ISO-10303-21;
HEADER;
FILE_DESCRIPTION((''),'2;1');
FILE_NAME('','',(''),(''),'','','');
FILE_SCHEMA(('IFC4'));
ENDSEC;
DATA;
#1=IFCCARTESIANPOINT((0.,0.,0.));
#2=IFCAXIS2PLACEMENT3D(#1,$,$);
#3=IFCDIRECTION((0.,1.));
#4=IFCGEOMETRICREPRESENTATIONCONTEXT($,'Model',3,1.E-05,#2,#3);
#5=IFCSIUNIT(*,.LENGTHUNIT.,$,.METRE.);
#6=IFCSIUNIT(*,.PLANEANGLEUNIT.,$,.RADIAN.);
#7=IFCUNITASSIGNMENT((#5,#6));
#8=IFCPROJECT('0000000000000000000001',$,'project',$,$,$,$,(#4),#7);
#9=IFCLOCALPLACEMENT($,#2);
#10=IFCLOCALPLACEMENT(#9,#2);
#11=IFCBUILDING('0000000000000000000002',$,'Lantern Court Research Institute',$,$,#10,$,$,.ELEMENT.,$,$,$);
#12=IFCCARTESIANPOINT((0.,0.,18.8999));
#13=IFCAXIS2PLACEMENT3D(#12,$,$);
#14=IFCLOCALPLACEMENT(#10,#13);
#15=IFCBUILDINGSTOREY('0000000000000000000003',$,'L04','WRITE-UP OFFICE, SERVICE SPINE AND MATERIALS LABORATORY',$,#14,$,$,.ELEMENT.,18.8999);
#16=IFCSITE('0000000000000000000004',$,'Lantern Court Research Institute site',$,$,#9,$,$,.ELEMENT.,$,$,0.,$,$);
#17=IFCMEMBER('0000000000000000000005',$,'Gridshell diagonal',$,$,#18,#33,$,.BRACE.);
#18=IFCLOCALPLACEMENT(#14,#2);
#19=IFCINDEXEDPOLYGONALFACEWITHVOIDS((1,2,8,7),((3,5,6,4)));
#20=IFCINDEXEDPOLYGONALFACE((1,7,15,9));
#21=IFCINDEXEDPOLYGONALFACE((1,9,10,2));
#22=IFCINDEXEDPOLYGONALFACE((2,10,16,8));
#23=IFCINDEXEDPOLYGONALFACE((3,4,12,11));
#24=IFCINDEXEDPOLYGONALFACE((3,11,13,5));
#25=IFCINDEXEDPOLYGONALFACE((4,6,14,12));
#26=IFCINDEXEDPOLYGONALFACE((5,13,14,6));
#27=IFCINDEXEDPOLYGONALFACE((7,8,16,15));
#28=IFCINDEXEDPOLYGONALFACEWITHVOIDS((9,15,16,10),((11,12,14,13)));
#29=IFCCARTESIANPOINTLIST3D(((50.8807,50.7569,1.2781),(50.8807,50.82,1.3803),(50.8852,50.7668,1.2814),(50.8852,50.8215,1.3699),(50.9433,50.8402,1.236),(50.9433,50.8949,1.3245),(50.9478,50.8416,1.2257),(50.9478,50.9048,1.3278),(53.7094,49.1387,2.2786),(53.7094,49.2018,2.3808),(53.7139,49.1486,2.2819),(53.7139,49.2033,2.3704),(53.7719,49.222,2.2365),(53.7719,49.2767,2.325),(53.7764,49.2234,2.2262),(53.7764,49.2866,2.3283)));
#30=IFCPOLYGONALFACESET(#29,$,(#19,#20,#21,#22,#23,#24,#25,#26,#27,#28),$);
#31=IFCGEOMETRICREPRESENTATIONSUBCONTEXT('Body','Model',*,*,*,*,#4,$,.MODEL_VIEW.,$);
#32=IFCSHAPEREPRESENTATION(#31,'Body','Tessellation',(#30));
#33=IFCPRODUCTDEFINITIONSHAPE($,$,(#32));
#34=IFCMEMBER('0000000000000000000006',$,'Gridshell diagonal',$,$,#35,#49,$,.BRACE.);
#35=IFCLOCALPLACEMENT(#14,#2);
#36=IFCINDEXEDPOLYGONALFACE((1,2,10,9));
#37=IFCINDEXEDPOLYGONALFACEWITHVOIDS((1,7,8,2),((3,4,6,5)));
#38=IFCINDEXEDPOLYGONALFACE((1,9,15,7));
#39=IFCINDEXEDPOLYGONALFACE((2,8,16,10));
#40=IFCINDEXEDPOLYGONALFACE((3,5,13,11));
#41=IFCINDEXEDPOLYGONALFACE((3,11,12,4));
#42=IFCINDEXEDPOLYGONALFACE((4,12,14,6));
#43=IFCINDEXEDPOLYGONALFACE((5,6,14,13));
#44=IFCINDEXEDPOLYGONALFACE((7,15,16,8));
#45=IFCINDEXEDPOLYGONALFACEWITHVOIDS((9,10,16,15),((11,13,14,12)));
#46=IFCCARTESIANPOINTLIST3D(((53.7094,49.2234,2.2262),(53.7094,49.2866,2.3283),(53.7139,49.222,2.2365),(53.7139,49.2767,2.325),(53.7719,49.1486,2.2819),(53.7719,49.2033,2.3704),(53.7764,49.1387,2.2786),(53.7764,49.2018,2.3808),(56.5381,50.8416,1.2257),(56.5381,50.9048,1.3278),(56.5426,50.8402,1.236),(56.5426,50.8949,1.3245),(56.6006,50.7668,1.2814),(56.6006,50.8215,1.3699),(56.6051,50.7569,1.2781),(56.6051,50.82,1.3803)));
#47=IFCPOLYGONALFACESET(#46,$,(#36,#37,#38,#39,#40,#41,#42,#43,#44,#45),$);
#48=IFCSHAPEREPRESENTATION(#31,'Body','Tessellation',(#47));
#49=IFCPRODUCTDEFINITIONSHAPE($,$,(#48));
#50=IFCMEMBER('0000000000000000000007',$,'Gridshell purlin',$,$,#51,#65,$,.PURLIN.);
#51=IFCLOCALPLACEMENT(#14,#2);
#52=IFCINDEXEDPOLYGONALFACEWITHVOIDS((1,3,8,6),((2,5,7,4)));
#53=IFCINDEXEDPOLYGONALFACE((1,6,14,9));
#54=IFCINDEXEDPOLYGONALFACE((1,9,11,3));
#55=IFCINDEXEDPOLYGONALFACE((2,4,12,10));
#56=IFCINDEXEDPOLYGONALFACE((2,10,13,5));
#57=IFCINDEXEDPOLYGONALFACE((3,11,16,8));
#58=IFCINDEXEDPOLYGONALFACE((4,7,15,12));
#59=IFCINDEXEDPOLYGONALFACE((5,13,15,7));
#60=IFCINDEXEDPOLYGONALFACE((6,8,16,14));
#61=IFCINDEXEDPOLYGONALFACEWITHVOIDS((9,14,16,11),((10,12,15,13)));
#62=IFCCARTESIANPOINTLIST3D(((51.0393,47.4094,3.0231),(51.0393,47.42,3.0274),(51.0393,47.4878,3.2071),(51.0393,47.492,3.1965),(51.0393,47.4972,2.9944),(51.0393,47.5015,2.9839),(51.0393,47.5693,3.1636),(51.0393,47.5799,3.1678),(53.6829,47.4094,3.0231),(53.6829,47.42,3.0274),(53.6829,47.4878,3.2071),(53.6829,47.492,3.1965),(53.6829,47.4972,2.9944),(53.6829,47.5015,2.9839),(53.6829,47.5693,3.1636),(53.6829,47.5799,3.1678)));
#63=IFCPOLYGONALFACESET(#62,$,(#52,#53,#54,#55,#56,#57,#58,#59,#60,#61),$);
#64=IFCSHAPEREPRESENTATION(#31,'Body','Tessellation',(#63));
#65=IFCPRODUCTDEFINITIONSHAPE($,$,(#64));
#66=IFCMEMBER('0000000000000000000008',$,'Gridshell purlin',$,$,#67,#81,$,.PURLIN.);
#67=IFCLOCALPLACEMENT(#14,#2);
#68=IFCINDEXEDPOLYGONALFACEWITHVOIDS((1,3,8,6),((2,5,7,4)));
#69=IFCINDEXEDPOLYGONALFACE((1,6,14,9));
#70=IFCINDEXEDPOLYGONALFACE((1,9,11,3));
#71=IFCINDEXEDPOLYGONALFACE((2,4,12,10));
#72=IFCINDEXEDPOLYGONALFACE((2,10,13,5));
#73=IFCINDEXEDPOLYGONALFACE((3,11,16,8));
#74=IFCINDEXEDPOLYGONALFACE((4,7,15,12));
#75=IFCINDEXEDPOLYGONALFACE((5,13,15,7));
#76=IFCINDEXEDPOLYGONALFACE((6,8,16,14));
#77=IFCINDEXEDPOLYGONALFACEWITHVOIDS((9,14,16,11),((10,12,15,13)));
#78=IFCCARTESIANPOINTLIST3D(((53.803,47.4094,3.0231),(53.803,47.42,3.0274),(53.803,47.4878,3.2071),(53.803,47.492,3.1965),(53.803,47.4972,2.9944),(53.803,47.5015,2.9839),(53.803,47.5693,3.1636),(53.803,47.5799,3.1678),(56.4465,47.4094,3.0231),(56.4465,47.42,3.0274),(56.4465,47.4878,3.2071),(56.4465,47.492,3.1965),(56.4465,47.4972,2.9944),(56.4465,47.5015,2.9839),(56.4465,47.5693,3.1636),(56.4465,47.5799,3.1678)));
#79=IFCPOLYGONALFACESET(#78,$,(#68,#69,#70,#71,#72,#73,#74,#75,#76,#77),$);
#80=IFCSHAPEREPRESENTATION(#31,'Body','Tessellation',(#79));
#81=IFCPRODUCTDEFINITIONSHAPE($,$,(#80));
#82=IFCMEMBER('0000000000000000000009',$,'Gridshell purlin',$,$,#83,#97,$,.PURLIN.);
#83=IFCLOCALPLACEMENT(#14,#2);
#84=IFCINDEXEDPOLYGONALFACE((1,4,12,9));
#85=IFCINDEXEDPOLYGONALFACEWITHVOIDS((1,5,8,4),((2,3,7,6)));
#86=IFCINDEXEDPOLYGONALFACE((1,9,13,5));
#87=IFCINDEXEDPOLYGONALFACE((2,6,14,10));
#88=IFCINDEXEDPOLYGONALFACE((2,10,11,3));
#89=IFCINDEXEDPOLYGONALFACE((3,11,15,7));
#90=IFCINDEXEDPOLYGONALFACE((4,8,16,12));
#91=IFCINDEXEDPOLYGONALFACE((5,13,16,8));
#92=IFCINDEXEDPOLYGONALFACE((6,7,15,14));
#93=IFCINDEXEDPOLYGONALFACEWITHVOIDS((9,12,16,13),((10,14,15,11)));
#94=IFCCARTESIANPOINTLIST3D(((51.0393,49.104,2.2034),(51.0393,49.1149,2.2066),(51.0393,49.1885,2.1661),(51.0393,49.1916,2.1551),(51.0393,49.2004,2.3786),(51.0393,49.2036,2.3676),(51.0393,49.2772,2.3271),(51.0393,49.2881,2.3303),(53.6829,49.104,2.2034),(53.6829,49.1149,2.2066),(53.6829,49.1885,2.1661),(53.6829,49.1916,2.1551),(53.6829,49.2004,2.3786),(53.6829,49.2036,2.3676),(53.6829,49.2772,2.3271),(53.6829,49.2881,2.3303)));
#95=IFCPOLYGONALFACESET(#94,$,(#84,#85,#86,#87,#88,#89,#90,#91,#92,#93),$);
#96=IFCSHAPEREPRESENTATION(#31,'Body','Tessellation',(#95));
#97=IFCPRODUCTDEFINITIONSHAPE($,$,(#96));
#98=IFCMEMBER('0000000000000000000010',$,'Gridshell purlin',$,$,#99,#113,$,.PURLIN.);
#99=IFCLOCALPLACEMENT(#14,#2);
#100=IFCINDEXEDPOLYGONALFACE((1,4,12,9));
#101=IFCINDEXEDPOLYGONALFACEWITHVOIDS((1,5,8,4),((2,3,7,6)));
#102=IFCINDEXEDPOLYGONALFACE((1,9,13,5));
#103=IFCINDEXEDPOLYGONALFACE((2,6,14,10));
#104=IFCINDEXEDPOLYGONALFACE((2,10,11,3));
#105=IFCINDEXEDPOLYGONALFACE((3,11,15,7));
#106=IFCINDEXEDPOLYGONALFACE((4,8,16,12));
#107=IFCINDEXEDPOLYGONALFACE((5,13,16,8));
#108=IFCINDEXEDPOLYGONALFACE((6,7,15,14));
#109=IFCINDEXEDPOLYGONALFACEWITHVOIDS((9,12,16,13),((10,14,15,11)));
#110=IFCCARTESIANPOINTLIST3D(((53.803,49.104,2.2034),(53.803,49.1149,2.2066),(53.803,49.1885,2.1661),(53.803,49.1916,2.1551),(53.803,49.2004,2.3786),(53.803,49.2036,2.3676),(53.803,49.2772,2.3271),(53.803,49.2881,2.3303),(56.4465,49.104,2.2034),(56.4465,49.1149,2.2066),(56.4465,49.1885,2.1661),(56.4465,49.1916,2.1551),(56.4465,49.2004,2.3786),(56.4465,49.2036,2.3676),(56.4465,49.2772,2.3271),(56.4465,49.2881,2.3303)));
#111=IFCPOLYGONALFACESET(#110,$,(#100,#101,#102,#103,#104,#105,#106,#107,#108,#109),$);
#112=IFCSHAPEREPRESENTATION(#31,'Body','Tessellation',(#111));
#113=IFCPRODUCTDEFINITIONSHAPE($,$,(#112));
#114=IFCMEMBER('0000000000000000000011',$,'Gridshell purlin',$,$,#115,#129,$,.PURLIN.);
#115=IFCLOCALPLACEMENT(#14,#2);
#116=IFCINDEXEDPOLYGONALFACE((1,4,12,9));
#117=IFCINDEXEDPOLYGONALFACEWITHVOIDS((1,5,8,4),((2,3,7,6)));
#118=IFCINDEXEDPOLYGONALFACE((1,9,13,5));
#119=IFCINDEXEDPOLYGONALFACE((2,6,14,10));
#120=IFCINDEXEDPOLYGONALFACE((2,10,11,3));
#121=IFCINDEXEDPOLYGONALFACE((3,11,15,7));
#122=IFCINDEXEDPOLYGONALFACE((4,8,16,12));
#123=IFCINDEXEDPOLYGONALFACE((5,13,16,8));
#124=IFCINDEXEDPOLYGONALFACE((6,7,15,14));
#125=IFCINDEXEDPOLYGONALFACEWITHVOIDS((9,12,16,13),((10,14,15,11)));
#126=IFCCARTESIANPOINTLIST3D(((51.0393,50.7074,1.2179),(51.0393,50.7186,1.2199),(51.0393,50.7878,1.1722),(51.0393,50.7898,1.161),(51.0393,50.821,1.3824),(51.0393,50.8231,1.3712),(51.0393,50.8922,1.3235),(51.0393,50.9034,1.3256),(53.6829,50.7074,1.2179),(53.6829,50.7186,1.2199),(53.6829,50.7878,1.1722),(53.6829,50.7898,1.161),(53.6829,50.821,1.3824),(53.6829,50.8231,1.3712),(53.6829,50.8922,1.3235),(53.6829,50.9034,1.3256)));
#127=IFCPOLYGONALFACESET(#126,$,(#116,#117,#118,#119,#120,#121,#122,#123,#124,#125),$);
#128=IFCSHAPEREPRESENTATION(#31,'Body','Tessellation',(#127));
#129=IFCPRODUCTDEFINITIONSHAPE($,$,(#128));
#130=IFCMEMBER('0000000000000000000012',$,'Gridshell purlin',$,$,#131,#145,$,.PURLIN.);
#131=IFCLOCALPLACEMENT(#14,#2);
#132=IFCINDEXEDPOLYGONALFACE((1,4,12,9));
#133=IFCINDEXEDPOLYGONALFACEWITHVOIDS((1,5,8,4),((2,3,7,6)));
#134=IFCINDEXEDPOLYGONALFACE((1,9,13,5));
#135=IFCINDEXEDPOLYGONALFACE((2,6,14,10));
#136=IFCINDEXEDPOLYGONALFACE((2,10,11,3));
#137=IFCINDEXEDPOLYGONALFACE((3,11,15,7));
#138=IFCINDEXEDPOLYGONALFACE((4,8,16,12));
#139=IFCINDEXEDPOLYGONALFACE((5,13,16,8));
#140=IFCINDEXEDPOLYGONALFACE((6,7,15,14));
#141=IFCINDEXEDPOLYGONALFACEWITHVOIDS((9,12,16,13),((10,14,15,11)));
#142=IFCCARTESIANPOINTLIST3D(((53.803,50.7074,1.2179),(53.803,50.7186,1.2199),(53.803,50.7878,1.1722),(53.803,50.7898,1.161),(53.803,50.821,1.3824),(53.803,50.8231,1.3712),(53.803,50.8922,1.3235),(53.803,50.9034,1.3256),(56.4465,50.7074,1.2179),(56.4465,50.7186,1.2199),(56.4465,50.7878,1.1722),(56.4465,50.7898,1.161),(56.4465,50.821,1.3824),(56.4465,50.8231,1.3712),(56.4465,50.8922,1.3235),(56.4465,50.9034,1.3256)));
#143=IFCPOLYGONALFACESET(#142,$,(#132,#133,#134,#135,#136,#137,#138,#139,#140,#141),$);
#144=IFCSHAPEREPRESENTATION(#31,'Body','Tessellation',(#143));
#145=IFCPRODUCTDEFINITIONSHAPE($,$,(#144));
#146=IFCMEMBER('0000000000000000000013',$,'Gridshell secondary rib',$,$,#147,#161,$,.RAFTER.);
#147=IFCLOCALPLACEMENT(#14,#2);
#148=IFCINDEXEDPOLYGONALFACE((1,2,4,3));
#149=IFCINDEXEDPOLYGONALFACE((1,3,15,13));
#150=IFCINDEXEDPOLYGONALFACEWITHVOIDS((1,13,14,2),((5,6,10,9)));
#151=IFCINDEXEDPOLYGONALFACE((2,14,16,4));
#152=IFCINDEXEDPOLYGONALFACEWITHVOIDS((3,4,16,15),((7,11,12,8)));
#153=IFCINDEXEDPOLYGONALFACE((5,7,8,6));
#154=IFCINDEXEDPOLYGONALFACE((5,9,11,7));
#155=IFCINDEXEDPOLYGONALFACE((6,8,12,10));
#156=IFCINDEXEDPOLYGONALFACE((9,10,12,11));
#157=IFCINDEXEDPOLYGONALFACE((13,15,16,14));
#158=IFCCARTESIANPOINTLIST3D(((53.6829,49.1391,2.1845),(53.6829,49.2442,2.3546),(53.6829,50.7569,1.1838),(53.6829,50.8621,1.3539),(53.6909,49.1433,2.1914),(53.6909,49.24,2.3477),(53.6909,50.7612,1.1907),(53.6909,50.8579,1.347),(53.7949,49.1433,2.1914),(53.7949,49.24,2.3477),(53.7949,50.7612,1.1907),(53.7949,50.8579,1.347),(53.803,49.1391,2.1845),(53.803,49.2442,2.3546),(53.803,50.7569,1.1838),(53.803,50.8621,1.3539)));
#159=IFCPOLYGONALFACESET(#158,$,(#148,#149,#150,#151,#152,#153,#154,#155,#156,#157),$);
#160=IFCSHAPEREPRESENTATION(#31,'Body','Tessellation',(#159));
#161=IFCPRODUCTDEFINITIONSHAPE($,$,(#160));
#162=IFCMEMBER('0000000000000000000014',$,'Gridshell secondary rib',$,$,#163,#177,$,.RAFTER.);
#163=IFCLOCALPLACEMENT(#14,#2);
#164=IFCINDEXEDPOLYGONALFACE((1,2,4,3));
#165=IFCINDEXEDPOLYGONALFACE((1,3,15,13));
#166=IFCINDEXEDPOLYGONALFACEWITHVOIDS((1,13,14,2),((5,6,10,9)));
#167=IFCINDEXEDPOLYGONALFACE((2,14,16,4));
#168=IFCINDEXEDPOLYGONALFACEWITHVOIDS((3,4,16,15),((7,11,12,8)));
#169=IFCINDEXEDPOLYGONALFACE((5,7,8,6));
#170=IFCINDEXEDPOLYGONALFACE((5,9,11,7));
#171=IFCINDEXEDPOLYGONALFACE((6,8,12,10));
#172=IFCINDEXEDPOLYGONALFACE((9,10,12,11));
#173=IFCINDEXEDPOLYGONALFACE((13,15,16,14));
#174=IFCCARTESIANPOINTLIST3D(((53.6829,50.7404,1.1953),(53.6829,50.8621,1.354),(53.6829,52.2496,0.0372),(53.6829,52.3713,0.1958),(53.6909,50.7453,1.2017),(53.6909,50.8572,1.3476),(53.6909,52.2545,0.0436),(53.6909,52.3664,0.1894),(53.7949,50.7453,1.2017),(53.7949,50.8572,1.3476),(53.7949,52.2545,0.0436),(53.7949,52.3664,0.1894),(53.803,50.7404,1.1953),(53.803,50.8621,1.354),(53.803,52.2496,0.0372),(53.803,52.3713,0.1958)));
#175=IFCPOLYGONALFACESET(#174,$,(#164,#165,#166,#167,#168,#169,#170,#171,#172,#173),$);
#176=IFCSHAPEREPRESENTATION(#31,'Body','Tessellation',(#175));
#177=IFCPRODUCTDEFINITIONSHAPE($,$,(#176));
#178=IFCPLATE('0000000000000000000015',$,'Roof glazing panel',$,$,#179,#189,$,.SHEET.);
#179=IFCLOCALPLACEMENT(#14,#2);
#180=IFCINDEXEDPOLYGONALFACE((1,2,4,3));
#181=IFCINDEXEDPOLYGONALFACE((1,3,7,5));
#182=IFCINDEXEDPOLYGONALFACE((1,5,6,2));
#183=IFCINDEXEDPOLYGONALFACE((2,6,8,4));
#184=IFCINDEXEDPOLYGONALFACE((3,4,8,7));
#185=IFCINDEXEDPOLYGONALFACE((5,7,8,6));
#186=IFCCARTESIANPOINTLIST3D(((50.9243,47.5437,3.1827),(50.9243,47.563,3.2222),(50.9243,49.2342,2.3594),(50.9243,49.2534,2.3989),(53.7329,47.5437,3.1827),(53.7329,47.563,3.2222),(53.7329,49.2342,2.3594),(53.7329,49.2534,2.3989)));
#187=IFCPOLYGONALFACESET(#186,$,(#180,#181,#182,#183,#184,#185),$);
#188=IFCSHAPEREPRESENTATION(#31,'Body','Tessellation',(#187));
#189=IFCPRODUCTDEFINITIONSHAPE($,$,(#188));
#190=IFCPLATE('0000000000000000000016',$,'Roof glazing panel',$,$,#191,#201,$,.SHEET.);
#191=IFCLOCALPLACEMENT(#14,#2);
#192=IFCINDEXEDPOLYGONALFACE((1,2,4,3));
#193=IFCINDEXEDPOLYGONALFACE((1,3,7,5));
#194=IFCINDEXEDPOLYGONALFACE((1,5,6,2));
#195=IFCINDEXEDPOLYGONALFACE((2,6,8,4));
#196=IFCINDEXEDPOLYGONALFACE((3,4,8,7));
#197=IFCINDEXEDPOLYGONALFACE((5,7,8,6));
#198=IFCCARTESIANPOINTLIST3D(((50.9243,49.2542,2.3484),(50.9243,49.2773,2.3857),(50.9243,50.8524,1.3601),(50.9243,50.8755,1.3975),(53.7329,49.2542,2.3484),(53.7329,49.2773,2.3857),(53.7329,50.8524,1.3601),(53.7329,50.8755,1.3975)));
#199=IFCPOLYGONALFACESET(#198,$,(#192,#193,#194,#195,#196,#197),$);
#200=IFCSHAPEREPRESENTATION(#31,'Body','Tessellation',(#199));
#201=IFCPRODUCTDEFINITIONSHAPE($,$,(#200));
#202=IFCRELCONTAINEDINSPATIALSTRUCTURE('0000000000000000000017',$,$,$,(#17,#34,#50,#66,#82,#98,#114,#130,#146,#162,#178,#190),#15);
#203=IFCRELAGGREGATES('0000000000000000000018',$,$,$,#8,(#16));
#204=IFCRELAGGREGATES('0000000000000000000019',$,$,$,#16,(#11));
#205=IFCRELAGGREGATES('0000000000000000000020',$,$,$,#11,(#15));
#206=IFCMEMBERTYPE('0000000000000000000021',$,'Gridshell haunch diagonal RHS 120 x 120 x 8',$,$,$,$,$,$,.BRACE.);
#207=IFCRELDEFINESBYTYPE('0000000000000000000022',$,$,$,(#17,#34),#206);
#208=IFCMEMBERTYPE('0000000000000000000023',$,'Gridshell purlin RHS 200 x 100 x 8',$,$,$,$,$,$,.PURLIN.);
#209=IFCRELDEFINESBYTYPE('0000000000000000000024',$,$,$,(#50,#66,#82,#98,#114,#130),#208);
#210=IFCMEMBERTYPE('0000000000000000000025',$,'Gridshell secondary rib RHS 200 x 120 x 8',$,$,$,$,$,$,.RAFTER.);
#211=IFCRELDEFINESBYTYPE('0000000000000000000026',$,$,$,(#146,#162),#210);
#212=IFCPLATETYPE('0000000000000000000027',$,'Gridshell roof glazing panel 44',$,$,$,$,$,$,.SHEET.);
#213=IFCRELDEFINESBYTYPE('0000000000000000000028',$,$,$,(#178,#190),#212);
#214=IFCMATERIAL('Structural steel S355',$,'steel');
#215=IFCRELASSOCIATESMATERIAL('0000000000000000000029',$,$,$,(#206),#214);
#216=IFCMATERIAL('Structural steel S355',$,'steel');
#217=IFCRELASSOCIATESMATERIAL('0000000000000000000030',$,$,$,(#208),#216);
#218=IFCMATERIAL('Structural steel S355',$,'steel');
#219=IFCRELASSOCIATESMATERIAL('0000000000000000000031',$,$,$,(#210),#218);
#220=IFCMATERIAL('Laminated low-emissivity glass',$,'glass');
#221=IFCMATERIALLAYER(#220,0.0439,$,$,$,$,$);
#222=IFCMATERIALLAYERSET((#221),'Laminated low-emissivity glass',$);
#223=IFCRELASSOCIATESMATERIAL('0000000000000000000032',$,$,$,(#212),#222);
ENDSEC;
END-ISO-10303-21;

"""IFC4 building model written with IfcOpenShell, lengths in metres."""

from ifc_helpers import new_model, si_unit, direction, frame, origin, origin_2d, place, context, subcontext, project, spatial, polyline, hollow_rectangle, outline, extrude, material, layer, layer_set, material_profile, profile_set, type_object, element, save


model = new_model("IFC4")

# Units and contexts
model_context = context("Model", 3, precision=1e-05, world=origin(), true_north=direction((0.0, 1.0)))
body_context = subcontext(model_context, "Body", "Model", "MODEL_VIEW")
ifc_project = project(units=[si_unit("LENGTHUNIT", "METRE"), si_unit("PLANEANGLEUNIT", "RADIAN")], contexts=[model_context])

# Site, building, storey
site_placement = place(None, origin())
site = spatial("IfcSite", under=ifc_project, at=site_placement, Name="Lantern Court Research Institute site", CompositionType="ELEMENT", RefElevation=0.0)
building_placement = place(site_placement, origin())
building = spatial("IfcBuilding", under=site, at=building_placement, Name="Lantern Court Research Institute", CompositionType="ELEMENT")
storey_placement = place(building_placement, frame((0.0, 0.0, 18.8999)))
storey = spatial("IfcBuildingStorey", under=building, at=storey_placement, Name="L04", Description="WRITE-UP OFFICE, SERVICE SPINE AND MATERIALS LABORATORY", CompositionType="ELEMENT", Elevation=18.8999)

# Members
ifc_material_1 = material(Name="Structural steel S355", Category="steel")
ifc_material_profile_1 = material_profile(ifc_material_1, hollow_rectangle(XDim=0.1201, YDim=0.1201, WallThickness=0.0081, at=origin_2d()), Name="Gridshell haunch diagonal RHS 120 x 120 x 8")
ifc_profile_set_1 = profile_set([ifc_material_profile_1], Name="Structural steel S355")
member_type_1 = type_object("IfcMemberType", Name="Gridshell haunch diagonal RHS 120 x 120 x 8", PredefinedType="BRACE", material=ifc_profile_set_1)
for number, where, z_axis, x_axis, name in (
    (1, (53.7429, 49.2126, 2.3035), (-0.829777, 0.47469, -0.293494), (-0.558095, -0.705724, 0.436444), "Gridshell diagonal"),
    (2, (53.7429, 49.2126, 2.3035), (0.829777, 0.47469, -0.293494), (-0.558095, 0.705724, -0.436444), "Gridshell diagonal"),
):
    element("IfcMember", number, at=place(storey_placement, frame(where, z_axis=z_axis, x_axis=x_axis)), inside=storey, type_object=member_type_1, Name=name, PredefinedType="BRACE", context=body_context, shape_type="SweptSolid", body=[
        extrude(hollow_rectangle(XDim=0.1201, YDim=0.1201, WallThickness=0.0081, at=origin_2d()), origin(), (0.0, 0.0, 1.0), 3.4089),
    ])
ifc_material_2 = material(Name="Structural steel S355", Category="steel")
ifc_material_profile_2 = material_profile(ifc_material_2, hollow_rectangle(XDim=0.1001, YDim=0.2, WallThickness=0.0081, at=origin_2d()), Name="Gridshell purlin RHS 200 x 100 x 8")
ifc_profile_set_2 = profile_set([ifc_material_profile_2], Name="Structural steel S355")
member_type_2 = type_object("IfcMemberType", Name="Gridshell purlin RHS 200 x 100 x 8", PredefinedType="PURLIN", material=ifc_profile_set_2)
for number, where, z_axis, x_axis, name in (
    (3, (51.0393, 47.4946, 3.0955), (1.0, 0.0, 0.0), (0.0, 0.919966, -0.391999), "Gridshell purlin"),
    (4, (53.803, 47.4946, 3.0955), (1.0, 0.0, 0.0), (0.0, 0.919966, -0.391999), "Gridshell purlin"),
    (5, (51.0393, 49.196, 2.2668), (1.0, 0.0, 0.0), (0.0, 0.875897, -0.482497), "Gridshell purlin"),
    (6, (53.803, 49.196, 2.2668), (1.0, 0.0, 0.0), (0.0, 0.875897, -0.482497), "Gridshell purlin"),
    (7, (51.0393, 50.8054, 1.2717), (1.0, 0.0, 0.0), (0.0, 0.822954, -0.568108), "Gridshell purlin"),
    (8, (53.803, 50.8054, 1.2717), (1.0, 0.0, 0.0), (0.0, 0.822954, -0.568108), "Gridshell purlin"),
):
    element("IfcMember", number, at=place(storey_placement, frame(where, z_axis=z_axis, x_axis=x_axis)), inside=storey, type_object=member_type_2, Name=name, PredefinedType="PURLIN", context=body_context, shape_type="SweptSolid", body=[
        extrude(hollow_rectangle(XDim=0.1001, YDim=0.2, WallThickness=0.0081, at=origin_2d()), origin(), (0.0, 0.0, 1.0), 2.6436),
    ])
ifc_material_3 = material(Name="Structural steel S355", Category="steel")
ifc_material_profile_3 = material_profile(ifc_material_3, hollow_rectangle(XDim=0.1201, YDim=0.2, WallThickness=0.0081, at=origin_2d()), Name="Gridshell secondary rib RHS 200 x 120 x 8")
ifc_profile_set_3 = profile_set([ifc_material_profile_3], Name="Structural steel S355")
member_type_3 = type_object("IfcMemberType", Name="Gridshell secondary rib RHS 200 x 120 x 8", PredefinedType="RAFTER", material=ifc_profile_set_3)
for number, where, z_axis, x_axis, name in (
    (9, (53.7429, 49.1917, 2.2695), (0.0, 0.850462, -0.526036), (-1.0, 0.0, 0.0), "Gridshell secondary rib"),
    (10, (53.7429, 50.8013, 1.2747), (0.0, 0.79333, -0.608792), (-1.0, 0.0, 0.0), "Gridshell secondary rib"),
):
    element("IfcMember", number, at=place(storey_placement, frame(where, z_axis=z_axis, x_axis=x_axis)), inside=storey, type_object=member_type_3, Name=name, PredefinedType="RAFTER", context=body_context, shape_type="SweptSolid", body=[
        extrude(hollow_rectangle(XDim=0.1201, YDim=0.2, WallThickness=0.0081, at=origin_2d()), origin(), (0.0, 0.0, 1.0), 1.9023),
    ])

# Plates
ifc_material_4 = material(Name="Laminated low-emissivity glass", Category="glass")
ifc_layer = layer(ifc_material_4, 0.0439)
ifc_layer_set = layer_set([ifc_layer], Name="Laminated low-emissivity glass")
plate_type = type_object("IfcPlateType", Name="Gridshell roof glazing panel 44", PredefinedType="SHEET", material=ifc_layer_set)
plate_1_placement = place(storey_placement, frame((53.7329, 47.563, 3.2222), z_axis=(0.0, 0.43784, 0.899053), x_axis=(-1.0, 0.0, 0.0)))
element("IfcPlate", 11, at=plate_1_placement, inside=storey, type_object=plate_type, Name="Roof glazing panel", PredefinedType="SHEET", context=body_context, shape_type="SweptSolid", body=[
    extrude(outline(polyline([(0.0, 0.0), (2.8086, 0.0), (2.8086, -1.8802), (0.0, -1.8802), (0.0, 0.0)])), origin(), (0.0, 0.0, -1.0), 0.0439),
])
plate_2_placement = place(storey_placement, frame((53.7329, 49.2773, 2.3857), z_axis=(0.0, 0.525952, 0.850514), x_axis=(-1.0, 0.0, 0.0)))
element("IfcPlate", 12, at=plate_2_placement, inside=storey, type_object=plate_type, Name="Roof glazing panel", PredefinedType="SHEET", context=body_context, shape_type="SweptSolid", body=[
    extrude(outline(polyline([(0.0, 0.0), (2.8086, 0.0), (2.8086, -1.879), (0.0, -1.879), (0.0, 0.0)])), origin(), (0.0, 0.0, -1.0), 0.0439),
])

save(model, "model.ifc")
